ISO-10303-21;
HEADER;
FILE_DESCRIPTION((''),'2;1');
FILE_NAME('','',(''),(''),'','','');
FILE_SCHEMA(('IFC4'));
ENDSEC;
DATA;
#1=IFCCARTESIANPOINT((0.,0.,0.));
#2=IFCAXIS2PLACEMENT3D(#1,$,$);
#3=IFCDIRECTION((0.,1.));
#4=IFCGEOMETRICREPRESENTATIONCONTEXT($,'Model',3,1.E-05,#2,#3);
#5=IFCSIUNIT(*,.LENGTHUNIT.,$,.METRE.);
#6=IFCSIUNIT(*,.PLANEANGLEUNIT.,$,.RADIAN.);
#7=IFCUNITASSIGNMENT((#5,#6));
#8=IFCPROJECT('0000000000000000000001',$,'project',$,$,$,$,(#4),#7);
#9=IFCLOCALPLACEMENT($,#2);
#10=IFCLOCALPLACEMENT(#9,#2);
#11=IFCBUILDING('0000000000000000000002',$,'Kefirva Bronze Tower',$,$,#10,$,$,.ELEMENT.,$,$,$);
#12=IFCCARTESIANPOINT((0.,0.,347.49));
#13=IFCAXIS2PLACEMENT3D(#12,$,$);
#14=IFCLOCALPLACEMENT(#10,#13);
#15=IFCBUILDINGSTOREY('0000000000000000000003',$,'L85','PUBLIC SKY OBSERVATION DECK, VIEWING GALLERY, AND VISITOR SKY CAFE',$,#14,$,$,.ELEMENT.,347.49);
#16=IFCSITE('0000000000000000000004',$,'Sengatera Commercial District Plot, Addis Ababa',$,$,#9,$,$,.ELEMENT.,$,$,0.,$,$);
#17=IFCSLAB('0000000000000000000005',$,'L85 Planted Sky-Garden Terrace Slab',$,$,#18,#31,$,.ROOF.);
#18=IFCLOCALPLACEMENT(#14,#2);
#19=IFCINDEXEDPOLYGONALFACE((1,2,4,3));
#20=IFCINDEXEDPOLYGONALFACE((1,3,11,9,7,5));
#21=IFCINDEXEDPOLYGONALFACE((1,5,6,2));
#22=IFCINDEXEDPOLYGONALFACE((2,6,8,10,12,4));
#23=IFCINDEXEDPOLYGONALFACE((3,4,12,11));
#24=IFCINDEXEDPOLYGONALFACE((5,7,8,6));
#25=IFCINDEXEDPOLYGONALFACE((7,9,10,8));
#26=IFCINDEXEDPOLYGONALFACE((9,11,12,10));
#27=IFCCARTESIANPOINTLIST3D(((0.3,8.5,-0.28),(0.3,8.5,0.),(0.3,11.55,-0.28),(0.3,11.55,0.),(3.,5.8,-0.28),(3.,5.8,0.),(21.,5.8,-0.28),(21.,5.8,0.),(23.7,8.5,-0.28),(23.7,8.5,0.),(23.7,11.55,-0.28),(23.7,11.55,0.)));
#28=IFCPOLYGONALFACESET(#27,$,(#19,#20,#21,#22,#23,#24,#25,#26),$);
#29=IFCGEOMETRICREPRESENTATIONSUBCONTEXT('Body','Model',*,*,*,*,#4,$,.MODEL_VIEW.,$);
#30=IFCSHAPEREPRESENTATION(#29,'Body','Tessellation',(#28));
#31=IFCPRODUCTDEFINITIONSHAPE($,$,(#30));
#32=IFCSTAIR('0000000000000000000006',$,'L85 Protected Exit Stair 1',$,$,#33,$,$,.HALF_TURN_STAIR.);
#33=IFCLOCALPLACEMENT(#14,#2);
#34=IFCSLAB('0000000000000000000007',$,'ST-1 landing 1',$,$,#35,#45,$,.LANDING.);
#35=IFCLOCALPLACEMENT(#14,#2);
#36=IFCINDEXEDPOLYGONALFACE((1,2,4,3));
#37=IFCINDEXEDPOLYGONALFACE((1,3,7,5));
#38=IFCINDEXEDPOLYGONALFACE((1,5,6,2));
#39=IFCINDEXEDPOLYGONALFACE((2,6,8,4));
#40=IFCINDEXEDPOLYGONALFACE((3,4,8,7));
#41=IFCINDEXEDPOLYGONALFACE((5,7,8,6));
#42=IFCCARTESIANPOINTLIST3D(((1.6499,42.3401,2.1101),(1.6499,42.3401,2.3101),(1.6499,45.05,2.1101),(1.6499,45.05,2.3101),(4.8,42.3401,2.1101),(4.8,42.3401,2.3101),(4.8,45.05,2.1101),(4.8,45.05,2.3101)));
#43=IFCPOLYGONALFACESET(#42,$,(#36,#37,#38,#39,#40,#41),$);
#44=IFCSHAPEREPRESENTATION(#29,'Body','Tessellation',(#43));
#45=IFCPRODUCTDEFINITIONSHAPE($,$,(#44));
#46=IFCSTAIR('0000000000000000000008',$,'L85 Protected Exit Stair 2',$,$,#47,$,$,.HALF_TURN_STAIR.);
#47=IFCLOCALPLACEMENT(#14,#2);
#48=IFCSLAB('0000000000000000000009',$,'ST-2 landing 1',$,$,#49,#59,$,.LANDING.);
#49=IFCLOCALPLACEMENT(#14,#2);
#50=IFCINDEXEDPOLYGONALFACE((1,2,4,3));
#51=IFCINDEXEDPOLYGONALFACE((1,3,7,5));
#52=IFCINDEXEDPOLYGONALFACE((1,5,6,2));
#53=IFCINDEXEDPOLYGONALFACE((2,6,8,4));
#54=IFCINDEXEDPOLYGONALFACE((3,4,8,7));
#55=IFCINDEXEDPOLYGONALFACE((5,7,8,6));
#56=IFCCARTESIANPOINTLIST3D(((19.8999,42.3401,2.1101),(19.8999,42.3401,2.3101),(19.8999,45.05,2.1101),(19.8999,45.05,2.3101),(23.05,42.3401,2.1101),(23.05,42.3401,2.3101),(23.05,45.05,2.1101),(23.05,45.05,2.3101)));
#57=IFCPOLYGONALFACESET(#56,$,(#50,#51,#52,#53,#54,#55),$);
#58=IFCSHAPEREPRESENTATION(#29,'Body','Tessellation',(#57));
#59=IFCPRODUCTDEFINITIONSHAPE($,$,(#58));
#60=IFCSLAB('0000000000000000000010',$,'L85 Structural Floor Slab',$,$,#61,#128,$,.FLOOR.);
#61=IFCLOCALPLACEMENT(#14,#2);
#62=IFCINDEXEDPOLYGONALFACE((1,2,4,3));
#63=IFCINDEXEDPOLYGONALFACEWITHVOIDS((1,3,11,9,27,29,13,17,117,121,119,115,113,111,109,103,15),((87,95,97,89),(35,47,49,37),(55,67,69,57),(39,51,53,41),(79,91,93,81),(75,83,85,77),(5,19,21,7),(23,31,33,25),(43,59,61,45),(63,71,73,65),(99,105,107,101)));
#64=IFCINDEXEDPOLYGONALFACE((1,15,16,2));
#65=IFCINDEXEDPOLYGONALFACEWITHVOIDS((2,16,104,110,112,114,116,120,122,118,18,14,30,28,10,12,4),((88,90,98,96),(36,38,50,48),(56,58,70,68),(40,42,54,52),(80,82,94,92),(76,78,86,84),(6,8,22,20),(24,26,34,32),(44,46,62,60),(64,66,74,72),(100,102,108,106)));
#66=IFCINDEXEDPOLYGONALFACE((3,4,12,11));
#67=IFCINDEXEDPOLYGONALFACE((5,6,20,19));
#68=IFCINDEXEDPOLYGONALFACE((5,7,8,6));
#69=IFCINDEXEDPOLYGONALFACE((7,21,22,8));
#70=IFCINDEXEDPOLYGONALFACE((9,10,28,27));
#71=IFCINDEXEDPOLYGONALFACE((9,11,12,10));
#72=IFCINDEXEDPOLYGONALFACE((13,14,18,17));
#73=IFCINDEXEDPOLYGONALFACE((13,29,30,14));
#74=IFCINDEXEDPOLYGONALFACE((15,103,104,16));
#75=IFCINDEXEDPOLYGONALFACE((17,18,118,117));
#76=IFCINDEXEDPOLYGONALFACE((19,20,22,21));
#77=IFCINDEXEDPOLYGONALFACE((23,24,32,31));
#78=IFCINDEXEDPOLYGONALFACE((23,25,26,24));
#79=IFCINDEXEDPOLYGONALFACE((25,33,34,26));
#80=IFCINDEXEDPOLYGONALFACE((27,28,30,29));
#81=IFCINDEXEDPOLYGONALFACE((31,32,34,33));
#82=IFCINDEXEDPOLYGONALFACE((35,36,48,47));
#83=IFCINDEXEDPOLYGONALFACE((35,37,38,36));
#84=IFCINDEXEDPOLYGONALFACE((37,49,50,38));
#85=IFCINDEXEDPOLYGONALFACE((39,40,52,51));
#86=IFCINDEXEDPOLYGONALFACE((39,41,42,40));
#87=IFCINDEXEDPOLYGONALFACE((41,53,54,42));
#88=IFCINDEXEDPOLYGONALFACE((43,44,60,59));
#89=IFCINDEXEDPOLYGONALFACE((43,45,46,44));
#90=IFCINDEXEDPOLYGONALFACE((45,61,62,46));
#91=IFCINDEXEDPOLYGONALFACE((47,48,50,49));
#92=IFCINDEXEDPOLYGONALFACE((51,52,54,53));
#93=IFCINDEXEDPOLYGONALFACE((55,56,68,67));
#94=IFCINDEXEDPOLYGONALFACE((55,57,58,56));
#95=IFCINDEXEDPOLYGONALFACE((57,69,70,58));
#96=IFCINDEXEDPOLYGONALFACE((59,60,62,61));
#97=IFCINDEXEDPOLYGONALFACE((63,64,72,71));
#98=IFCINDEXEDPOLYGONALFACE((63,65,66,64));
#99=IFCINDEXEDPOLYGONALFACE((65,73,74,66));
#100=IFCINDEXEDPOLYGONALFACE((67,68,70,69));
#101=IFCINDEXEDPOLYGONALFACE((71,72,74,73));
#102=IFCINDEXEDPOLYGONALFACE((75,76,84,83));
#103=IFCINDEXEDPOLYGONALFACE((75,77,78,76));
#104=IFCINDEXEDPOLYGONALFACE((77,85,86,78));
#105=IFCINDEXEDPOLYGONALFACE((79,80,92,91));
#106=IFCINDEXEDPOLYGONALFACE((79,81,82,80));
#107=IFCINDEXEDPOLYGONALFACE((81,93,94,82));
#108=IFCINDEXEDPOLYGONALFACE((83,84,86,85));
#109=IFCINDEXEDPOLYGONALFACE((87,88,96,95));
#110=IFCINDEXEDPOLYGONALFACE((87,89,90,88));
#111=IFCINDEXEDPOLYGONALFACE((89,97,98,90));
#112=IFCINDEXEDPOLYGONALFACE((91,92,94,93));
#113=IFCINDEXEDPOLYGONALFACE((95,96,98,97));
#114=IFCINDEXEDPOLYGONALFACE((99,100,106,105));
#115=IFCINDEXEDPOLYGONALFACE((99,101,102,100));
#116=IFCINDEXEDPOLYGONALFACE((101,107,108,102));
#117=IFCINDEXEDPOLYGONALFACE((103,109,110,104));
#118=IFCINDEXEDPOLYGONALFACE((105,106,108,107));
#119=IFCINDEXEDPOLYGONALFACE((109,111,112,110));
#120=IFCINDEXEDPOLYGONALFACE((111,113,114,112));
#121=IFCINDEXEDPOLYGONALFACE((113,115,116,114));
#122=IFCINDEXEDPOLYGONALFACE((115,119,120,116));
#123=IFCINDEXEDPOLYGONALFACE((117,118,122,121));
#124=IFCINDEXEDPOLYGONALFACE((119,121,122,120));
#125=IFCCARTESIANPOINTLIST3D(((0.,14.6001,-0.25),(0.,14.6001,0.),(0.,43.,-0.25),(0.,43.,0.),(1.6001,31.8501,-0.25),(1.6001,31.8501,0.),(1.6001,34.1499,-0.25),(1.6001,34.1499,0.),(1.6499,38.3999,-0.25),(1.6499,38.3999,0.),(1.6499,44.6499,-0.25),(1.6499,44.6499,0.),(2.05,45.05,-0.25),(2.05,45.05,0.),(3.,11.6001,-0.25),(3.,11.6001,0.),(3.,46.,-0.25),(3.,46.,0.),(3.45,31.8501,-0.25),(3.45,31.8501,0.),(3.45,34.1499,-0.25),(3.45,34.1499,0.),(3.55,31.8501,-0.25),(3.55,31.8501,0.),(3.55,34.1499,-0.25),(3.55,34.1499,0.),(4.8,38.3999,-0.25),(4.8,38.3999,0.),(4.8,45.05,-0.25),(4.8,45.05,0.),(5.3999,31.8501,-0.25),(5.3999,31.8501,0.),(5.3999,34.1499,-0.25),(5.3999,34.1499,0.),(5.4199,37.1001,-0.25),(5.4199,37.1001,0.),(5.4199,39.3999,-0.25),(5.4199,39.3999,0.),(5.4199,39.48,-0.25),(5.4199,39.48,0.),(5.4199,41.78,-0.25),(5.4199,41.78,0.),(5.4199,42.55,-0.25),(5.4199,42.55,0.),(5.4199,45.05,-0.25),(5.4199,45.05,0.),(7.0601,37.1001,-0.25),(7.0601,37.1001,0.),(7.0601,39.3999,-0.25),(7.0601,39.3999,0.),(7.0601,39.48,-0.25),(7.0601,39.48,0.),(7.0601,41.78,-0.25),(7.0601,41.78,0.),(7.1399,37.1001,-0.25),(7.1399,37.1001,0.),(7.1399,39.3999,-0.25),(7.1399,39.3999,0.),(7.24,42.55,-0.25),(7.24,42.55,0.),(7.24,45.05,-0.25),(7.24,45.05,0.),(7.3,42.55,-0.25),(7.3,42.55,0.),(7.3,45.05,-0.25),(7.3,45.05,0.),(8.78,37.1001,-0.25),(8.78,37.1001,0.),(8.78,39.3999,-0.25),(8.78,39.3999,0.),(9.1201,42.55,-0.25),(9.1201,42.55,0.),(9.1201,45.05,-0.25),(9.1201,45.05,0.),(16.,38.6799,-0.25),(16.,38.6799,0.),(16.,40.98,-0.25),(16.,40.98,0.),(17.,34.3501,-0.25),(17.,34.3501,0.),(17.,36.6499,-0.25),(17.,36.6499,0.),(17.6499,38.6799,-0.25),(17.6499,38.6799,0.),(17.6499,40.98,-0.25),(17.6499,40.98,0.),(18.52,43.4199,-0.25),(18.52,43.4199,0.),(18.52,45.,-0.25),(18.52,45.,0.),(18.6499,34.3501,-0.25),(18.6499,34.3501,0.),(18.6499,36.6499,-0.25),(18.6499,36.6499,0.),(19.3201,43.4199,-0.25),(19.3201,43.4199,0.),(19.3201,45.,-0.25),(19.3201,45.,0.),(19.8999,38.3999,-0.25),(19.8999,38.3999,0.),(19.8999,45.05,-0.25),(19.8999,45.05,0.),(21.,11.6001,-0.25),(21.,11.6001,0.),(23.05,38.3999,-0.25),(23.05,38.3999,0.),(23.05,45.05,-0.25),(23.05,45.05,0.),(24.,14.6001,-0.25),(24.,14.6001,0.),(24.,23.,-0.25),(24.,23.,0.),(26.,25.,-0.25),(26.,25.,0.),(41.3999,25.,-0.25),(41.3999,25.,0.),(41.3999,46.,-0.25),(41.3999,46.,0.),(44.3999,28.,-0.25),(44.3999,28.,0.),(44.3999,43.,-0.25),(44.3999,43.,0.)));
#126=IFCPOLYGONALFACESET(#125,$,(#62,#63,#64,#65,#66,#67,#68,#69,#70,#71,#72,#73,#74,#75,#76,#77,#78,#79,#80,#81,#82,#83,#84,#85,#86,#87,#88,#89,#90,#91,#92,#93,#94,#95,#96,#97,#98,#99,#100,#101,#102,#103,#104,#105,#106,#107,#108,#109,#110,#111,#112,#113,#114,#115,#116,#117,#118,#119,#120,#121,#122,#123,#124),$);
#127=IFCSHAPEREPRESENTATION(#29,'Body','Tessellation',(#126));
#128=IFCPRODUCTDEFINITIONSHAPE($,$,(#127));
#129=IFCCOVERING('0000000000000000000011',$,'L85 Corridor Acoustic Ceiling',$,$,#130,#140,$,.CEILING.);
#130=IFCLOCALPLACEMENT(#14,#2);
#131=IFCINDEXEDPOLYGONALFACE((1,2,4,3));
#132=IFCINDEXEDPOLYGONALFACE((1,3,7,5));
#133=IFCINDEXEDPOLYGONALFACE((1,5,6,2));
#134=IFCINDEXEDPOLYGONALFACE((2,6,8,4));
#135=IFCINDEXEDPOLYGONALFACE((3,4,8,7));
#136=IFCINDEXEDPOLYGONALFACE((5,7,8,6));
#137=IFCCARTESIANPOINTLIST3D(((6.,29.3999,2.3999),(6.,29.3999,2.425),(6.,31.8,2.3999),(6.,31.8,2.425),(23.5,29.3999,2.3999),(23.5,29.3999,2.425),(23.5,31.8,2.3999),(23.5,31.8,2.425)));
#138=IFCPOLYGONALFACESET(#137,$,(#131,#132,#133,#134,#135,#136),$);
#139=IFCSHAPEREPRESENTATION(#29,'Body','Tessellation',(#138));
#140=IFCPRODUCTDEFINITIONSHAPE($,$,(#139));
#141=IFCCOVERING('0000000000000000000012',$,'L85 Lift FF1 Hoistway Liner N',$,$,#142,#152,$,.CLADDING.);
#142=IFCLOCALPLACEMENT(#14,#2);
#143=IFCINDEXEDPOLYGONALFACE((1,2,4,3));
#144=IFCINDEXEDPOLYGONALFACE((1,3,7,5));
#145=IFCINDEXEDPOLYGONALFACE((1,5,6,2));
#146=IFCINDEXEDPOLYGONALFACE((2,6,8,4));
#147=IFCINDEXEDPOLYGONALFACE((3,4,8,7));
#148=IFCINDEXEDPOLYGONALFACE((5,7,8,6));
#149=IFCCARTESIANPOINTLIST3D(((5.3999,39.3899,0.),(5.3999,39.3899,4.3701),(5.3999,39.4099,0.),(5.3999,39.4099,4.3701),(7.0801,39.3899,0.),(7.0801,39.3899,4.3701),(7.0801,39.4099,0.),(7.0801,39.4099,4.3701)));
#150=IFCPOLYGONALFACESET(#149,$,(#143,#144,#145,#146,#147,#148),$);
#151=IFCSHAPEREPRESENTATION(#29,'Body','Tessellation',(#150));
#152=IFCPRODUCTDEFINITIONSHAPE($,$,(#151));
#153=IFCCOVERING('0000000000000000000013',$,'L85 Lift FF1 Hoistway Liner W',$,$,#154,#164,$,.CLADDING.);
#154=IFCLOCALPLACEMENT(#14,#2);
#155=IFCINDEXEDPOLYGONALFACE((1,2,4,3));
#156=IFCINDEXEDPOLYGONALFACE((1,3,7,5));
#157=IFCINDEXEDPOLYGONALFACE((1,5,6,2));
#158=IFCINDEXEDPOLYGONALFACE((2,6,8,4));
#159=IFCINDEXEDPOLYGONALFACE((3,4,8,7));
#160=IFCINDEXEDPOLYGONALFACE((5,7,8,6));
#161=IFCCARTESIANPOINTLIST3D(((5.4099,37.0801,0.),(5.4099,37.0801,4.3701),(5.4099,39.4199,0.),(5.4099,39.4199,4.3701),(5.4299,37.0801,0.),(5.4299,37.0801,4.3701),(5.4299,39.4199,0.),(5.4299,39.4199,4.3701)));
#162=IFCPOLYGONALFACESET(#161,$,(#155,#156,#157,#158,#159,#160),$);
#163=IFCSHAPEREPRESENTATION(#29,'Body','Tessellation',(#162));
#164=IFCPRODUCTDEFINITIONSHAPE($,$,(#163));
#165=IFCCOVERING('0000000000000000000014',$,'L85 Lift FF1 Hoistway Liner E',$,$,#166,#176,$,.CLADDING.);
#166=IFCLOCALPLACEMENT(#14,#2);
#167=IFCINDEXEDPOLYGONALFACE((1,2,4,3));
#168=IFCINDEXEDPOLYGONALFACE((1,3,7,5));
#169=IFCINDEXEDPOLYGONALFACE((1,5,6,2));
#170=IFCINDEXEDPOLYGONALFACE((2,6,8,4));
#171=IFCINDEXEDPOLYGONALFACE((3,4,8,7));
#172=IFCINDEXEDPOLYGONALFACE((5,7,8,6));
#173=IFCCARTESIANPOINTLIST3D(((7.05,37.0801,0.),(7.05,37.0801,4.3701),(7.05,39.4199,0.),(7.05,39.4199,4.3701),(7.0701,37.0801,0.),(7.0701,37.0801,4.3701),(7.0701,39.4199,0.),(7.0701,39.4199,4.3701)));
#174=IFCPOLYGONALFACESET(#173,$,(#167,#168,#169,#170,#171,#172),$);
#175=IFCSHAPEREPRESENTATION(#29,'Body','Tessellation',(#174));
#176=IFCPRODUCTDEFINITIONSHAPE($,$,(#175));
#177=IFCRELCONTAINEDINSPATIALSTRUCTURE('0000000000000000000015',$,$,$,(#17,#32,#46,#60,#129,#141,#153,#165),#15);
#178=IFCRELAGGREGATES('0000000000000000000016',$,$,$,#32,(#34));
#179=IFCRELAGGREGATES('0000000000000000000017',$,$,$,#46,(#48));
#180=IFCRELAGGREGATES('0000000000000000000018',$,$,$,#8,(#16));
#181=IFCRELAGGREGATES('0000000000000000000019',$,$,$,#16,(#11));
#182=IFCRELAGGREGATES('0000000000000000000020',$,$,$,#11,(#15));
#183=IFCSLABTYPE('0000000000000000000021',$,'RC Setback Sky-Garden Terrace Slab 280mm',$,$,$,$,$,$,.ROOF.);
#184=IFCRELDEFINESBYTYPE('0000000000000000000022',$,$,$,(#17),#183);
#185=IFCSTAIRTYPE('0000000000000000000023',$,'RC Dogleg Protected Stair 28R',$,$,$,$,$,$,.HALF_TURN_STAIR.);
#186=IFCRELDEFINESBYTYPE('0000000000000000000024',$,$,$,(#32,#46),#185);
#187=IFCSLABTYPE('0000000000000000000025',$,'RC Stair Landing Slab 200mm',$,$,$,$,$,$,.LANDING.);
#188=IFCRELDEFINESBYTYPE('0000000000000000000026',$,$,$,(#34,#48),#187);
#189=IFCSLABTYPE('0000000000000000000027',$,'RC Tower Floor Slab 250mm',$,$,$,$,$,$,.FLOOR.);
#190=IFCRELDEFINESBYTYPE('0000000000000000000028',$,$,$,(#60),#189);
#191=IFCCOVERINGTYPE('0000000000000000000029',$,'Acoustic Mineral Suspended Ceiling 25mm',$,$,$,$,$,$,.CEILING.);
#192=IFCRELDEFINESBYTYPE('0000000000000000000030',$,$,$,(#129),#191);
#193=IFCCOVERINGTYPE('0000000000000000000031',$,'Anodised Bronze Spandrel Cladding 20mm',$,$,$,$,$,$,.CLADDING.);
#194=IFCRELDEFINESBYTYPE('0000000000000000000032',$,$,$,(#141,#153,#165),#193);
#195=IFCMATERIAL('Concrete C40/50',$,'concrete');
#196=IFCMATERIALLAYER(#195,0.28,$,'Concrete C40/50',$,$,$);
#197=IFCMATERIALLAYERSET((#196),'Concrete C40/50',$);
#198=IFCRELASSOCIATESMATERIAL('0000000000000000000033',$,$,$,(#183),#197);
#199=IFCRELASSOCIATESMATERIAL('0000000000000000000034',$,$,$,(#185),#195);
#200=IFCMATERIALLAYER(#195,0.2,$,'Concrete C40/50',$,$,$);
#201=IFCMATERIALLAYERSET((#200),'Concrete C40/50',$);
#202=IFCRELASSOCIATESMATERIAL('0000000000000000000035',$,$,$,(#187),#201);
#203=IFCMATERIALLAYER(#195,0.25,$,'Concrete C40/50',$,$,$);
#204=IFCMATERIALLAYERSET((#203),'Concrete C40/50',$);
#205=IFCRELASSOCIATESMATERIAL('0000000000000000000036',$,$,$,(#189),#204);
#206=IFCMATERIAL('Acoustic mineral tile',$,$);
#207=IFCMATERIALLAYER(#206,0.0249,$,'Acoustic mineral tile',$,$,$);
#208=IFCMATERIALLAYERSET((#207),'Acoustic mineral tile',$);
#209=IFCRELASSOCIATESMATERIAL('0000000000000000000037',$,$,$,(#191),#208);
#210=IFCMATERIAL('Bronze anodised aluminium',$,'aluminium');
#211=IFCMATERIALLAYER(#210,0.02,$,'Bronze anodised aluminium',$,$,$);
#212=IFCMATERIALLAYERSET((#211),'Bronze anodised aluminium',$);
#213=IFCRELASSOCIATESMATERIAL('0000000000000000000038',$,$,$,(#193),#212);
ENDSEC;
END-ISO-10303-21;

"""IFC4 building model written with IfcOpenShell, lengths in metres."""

from ifc_helpers import new_model, si_unit, direction, frame, origin, place, context, subcontext, project, spatial, polyline, outline, extrude, material, layer, layer_set, type_object, element, aggregate, save


model = new_model("IFC4")

# Units and contexts
model_context = context("Model", 3, precision=1e-05, world=origin(), true_north=direction((0.0, 1.0)))
body_context = subcontext(model_context, "Body", "Model", "MODEL_VIEW")
ifc_project = project(units=[si_unit("LENGTHUNIT", "METRE"), si_unit("PLANEANGLEUNIT", "RADIAN")], contexts=[model_context])

# Site, building, storey
site_placement = place(None, origin())
site = spatial("IfcSite", under=ifc_project, at=site_placement, Name="Sengatera Commercial District Plot, Addis Ababa", CompositionType="ELEMENT", RefElevation=0.0)
building_placement = place(site_placement, origin())
building = spatial("IfcBuilding", under=site, at=building_placement, Name="Kefirva Bronze Tower", CompositionType="ELEMENT")
storey_placement = place(building_placement, frame((0.0, 0.0, 347.49)))
storey = spatial("IfcBuildingStorey", under=building, at=storey_placement, Name="L85", Description="PUBLIC SKY OBSERVATION DECK, VIEWING GALLERY, AND VISITOR SKY CAFE", CompositionType="ELEMENT", Elevation=347.49)

# Slab
ifc_material_1 = material(Name="Concrete C40/50", Category="concrete")
ifc_layer_1 = layer(ifc_material_1, 0.28, Name="Concrete C40/50")
ifc_layer_set_1 = layer_set([ifc_layer_1], Name="Concrete C40/50")
slab_type_1 = type_object("IfcSlabType", Name="RC Setback Sky-Garden Terrace Slab 280mm", PredefinedType="ROOF", material=ifc_layer_set_1)
slab_1_placement = place(storey_placement, frame((0.0, 0.0, -0.28)))
element("IfcSlab", 1, at=slab_1_placement, inside=storey, type_object=slab_type_1, Name="L85 Planted Sky-Garden Terrace Slab", PredefinedType="ROOF", context=body_context, shape_type="SweptSolid", body=[
    extrude(outline(polyline([(3.0, 5.8), (21.0, 5.8), (23.7, 8.5), (23.7, 11.55), (0.3, 11.55), (0.3, 8.5), (3.0, 5.8)])), origin(), (0.0, 0.0, 1.0), 0.28),
])

# Stairs, slabs
stair_type = type_object("IfcStairType", Name="RC Dogleg Protected Stair 28R", PredefinedType="HALF_TURN_STAIR", material=ifc_material_1)
stair_1_placement = place(storey_placement, origin())
stair_1 = element("IfcStair", 2, at=stair_1_placement, inside=storey, type_object=stair_type, Name="L85 Protected Exit Stair 1", PredefinedType="HALF_TURN_STAIR")
ifc_layer_2 = layer(ifc_material_1, 0.2, Name="Concrete C40/50")
ifc_layer_set_2 = layer_set([ifc_layer_2], Name="Concrete C40/50")
slab_type_2 = type_object("IfcSlabType", Name="RC Stair Landing Slab 200mm", PredefinedType="LANDING", material=ifc_layer_set_2)
slab_2_placement = place(storey_placement, frame((0.0, 0.0, 2.1101)))
slab_2 = element("IfcSlab", 3, at=slab_2_placement, type_object=slab_type_2, Name="ST-1 landing 1", PredefinedType="LANDING", context=body_context, shape_type="SweptSolid", body=[
    extrude(outline(polyline([(4.8, 42.3401), (4.8, 45.05), (1.6499, 45.05), (1.6499, 42.3401), (4.8, 42.3401)])), origin(), (0.0, 0.0, 1.0), 0.2),
])
aggregate(stair_1, [slab_2])
stair_2_placement = place(storey_placement, origin())
stair_2 = element("IfcStair", 4, at=stair_2_placement, inside=storey, type_object=stair_type, Name="L85 Protected Exit Stair 2", PredefinedType="HALF_TURN_STAIR")
slab_3_placement = place(storey_placement, frame((0.0, 0.0, 2.1101)))
slab_3 = element("IfcSlab", 5, at=slab_3_placement, type_object=slab_type_2, Name="ST-2 landing 1", PredefinedType="LANDING", context=body_context, shape_type="SweptSolid", body=[
    extrude(outline(polyline([(23.05, 42.3401), (23.05, 45.05), (19.8999, 45.05), (19.8999, 42.3401), (23.05, 42.3401)])), origin(), (0.0, 0.0, 1.0), 0.2),
])
aggregate(stair_2, [slab_3])

# Slab
ifc_layer_3 = layer(ifc_material_1, 0.25, Name="Concrete C40/50")
ifc_layer_set_3 = layer_set([ifc_layer_3], Name="Concrete C40/50")
slab_type_3 = type_object("IfcSlabType", Name="RC Tower Floor Slab 250mm", PredefinedType="FLOOR", material=ifc_layer_set_3)
slab_4_placement = place(storey_placement, frame((0.0, 0.0, -0.25)))
element("IfcSlab", 6, at=slab_4_placement, inside=storey, type_object=slab_type_3, Name="L85 Structural Floor Slab", PredefinedType="FLOOR", context=body_context, shape_type="SweptSolid", body=[
    extrude(outline(polyline([(0.0, 14.6001), (0.0, 43.0), (1.6499, 44.6499), (1.6499, 38.3999), (4.8, 38.3999), (4.8, 45.05), (2.05, 45.05), (3.0, 46.0), (41.3999, 46.0), (44.3999, 43.0), (44.3999, 28.0), (41.3999, 25.0), (26.0, 25.0), (24.0, 23.0), (24.0, 14.6001), (21.0, 11.6001), (3.0, 11.6001), (0.0, 14.6001)]), holes=[polyline([(23.05, 45.05), (19.8999, 45.05), (19.8999, 38.3999), (23.05, 38.3999), (23.05, 45.05)]), polyline([(19.3201, 43.4199), (19.3201, 45.0), (18.52, 45.0), (18.52, 43.4199), (19.3201, 43.4199)]), polyline([(18.6499, 36.6499), (17.0, 36.6499), (17.0, 34.3501), (18.6499, 34.3501), (18.6499, 36.6499)]), polyline([(17.6499, 38.6799), (17.6499, 40.98), (16.0, 40.98), (16.0, 38.6799), (17.6499, 38.6799)]), polyline([(9.1201, 42.55), (9.1201, 45.05), (7.3, 45.05), (7.3, 42.55), (9.1201, 42.55)]), polyline([(8.78, 37.1001), (8.78, 39.3999), (7.1399, 39.3999), (7.1399, 37.1001), (8.78, 37.1001)]), polyline([(7.24, 42.55), (7.24, 45.05), (5.4199, 45.05), (5.4199, 42.55), (7.24, 42.55)]), polyline([(7.0601, 37.1001), (7.0601, 39.3999), (5.4199, 39.3999), (5.4199, 37.1001), (7.0601, 37.1001)]), polyline([(7.0601, 41.78), (5.4199, 41.78), (5.4199, 39.48), (7.0601, 39.48), (7.0601, 41.78)]), polyline([(5.3999, 31.8501), (5.3999, 34.1499), (3.55, 34.1499), (3.55, 31.8501), (5.3999, 31.8501)]), polyline([(3.45, 34.1499), (1.6001, 34.1499), (1.6001, 31.8501), (3.45, 31.8501), (3.45, 34.1499)])]), origin(), (0.0, 0.0, 1.0), 0.25),
])

# Coverings
ifc_material_2 = material(Name="Acoustic mineral tile")
ifc_layer_4 = layer(ifc_material_2, 0.0249, Name="Acoustic mineral tile")
ifc_layer_set_4 = layer_set([ifc_layer_4], Name="Acoustic mineral tile")
covering_type_1 = type_object("IfcCoveringType", Name="Acoustic Mineral Suspended Ceiling 25mm", PredefinedType="CEILING", material=ifc_layer_set_4)
covering_1_placement = place(storey_placement, frame((0.0, 0.0, 2.3999)))
element("IfcCovering", 7, at=covering_1_placement, inside=storey, type_object=covering_type_1, Name="L85 Corridor Acoustic Ceiling", PredefinedType="CEILING", context=body_context, shape_type="SweptSolid", body=[
    extrude(outline(polyline([(6.0, 29.3999), (23.5, 29.3999), (23.5, 31.8), (6.0, 31.8), (6.0, 29.3999)])), origin(), (0.0, 0.0, 1.0), 0.0251),
])
ifc_material_3 = material(Name="Bronze anodised aluminium", Category="aluminium")
ifc_layer_5 = layer(ifc_material_3, 0.02, Name="Bronze anodised aluminium")
ifc_layer_set_5 = layer_set([ifc_layer_5], Name="Bronze anodised aluminium")
covering_type_2 = type_object("IfcCoveringType", Name="Anodised Bronze Spandrel Cladding 20mm", PredefinedType="CLADDING", material=ifc_layer_set_5)
covering_2_placement = place(storey_placement, origin())
element("IfcCovering", 8, at=covering_2_placement, inside=storey, type_object=covering_type_2, Name="L85 Lift FF1 Hoistway Liner N", PredefinedType="CLADDING", context=body_context, shape_type="SweptSolid", body=[
    extrude(outline(polyline([(5.3999, 39.3899), (7.0801, 39.3899), (7.0801, 39.4099), (5.3999, 39.4099), (5.3999, 39.3899)])), origin(), (0.0, 0.0, 1.0), 4.3701),
])
covering_3_placement = place(storey_placement, origin())
element("IfcCovering", 9, at=covering_3_placement, inside=storey, type_object=covering_type_2, Name="L85 Lift FF1 Hoistway Liner W", PredefinedType="CLADDING", context=body_context, shape_type="SweptSolid", body=[
    extrude(outline(polyline([(5.4099, 37.0801), (5.4299, 37.0801), (5.4299, 39.4199), (5.4099, 39.4199), (5.4099, 37.0801)])), origin(), (0.0, 0.0, 1.0), 4.3701),
])
covering_4_placement = place(storey_placement, origin())
element("IfcCovering", 10, at=covering_4_placement, inside=storey, type_object=covering_type_2, Name="L85 Lift FF1 Hoistway Liner E", PredefinedType="CLADDING", context=body_context, shape_type="SweptSolid", body=[
    extrude(outline(polyline([(7.05, 37.0801), (7.0701, 37.0801), (7.0701, 39.4199), (7.05, 39.4199), (7.05, 37.0801)])), origin(), (0.0, 0.0, 1.0), 4.3701),
])

save(model, "model.ifc")
